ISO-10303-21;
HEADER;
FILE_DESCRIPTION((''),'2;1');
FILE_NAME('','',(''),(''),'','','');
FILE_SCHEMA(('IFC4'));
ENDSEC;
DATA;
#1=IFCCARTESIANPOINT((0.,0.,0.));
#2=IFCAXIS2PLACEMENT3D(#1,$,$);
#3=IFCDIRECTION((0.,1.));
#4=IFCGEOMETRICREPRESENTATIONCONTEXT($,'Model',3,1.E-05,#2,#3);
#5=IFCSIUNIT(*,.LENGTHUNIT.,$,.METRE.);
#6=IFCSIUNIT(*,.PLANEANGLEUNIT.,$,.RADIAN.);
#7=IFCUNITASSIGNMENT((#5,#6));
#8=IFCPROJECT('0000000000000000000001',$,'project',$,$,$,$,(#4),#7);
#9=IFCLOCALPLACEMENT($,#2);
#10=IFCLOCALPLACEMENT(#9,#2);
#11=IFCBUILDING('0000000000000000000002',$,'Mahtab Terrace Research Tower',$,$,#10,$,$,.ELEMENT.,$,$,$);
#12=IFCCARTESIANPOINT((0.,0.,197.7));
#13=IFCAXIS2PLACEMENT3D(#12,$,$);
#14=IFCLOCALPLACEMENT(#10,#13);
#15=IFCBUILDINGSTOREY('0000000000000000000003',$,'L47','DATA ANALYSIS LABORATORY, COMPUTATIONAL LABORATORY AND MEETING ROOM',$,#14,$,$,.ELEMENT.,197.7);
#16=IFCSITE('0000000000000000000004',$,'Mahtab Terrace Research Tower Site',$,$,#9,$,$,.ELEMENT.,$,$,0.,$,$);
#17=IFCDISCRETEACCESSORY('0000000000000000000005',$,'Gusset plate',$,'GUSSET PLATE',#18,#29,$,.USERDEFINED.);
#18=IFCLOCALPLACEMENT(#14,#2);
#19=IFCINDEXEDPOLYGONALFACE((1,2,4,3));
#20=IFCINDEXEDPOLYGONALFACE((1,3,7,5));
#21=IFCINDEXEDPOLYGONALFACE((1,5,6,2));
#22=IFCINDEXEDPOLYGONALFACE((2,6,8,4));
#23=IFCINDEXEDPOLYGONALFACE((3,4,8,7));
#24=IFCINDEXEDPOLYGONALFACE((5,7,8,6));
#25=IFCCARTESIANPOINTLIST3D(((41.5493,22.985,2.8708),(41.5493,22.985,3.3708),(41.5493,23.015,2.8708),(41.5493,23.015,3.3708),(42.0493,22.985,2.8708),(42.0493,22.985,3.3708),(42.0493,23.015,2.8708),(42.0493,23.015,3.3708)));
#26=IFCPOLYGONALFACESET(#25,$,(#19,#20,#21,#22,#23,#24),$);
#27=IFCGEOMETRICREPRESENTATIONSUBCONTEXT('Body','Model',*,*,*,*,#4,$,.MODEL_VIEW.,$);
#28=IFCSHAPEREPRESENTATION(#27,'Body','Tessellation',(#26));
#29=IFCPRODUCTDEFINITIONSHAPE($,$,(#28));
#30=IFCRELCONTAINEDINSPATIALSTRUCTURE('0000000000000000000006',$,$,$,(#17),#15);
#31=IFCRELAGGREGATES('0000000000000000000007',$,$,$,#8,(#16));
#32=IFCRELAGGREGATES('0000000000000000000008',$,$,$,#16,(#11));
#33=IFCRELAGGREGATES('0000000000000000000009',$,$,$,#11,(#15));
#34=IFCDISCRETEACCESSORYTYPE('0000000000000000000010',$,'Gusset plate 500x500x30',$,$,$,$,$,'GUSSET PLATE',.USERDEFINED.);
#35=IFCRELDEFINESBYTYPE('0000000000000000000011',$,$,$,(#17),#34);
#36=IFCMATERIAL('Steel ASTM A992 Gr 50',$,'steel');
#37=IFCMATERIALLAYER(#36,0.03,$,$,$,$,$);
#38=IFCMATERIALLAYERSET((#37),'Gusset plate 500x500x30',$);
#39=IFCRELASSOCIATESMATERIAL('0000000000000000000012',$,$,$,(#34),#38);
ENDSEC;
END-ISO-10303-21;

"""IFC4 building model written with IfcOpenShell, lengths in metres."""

from ifc_helpers import new_model, si_unit, direction, frame, origin, origin_2d, place, context, subcontext, project, spatial, rectangle, extrude, material, layer, layer_set, type_object, element, save


model = new_model("IFC4")

# Units and contexts
model_context = context("Model", 3, precision=1e-05, world=origin(), true_north=direction((0.0, 1.0)))
body_context = subcontext(model_context, "Body", "Model", "MODEL_VIEW")
ifc_project = project(units=[si_unit("LENGTHUNIT", "METRE"), si_unit("PLANEANGLEUNIT", "RADIAN")], contexts=[model_context])

# Site, building, storey
site_placement = place(None, origin())
site = spatial("IfcSite", under=ifc_project, at=site_placement, Name="Mahtab Terrace Research Tower Site", CompositionType="ELEMENT", RefElevation=0.0)
building_placement = place(site_placement, origin())
building = spatial("IfcBuilding", under=site, at=building_placement, Name="Mahtab Terrace Research Tower", CompositionType="ELEMENT")
storey_placement = place(building_placement, frame((0.0, 0.0, 197.7)))
storey = spatial("IfcBuildingStorey", under=building, at=storey_placement, Name="L47", Description="DATA ANALYSIS LABORATORY, COMPUTATIONAL LABORATORY AND MEETING ROOM", CompositionType="ELEMENT", Elevation=197.7)

# Shared definitions
ifc_material_1 = material(Name="Steel ASTM A992 Gr 50", Category="steel")

# Discrete accessory
ifc_layer_1 = layer(ifc_material_1, 0.03)
ifc_layer_set_1 = layer_set([ifc_layer_1], Name="Gusset plate 500x500x30")
discrete_accessory_type = type_object("IfcDiscreteAccessoryType", Name="Gusset plate 500x500x30", ElementType="GUSSET PLATE", PredefinedType="USERDEFINED", material=ifc_layer_set_1)
for number, where, z_axis, x_axis, name in (
    (1, (41.7993, 23.0, 2.8708), (0.0, 0.0, 1.0), (1.0, 0.0, 0.0), "Gusset plate"),
):
    element("IfcDiscreteAccessory", number, at=place(storey_placement, frame(where, z_axis=z_axis, x_axis=x_axis)), inside=storey, type_object=discrete_accessory_type, Name=name, ObjectType="GUSSET PLATE", PredefinedType="USERDEFINED", context=body_context, shape_type="SweptSolid", body=[
        extrude(rectangle(XDim=0.5, YDim=0.03, at=origin_2d()), origin(), (0.0, 0.0, 1.0), 0.5),
    ])

save(model, "model.ifc")
